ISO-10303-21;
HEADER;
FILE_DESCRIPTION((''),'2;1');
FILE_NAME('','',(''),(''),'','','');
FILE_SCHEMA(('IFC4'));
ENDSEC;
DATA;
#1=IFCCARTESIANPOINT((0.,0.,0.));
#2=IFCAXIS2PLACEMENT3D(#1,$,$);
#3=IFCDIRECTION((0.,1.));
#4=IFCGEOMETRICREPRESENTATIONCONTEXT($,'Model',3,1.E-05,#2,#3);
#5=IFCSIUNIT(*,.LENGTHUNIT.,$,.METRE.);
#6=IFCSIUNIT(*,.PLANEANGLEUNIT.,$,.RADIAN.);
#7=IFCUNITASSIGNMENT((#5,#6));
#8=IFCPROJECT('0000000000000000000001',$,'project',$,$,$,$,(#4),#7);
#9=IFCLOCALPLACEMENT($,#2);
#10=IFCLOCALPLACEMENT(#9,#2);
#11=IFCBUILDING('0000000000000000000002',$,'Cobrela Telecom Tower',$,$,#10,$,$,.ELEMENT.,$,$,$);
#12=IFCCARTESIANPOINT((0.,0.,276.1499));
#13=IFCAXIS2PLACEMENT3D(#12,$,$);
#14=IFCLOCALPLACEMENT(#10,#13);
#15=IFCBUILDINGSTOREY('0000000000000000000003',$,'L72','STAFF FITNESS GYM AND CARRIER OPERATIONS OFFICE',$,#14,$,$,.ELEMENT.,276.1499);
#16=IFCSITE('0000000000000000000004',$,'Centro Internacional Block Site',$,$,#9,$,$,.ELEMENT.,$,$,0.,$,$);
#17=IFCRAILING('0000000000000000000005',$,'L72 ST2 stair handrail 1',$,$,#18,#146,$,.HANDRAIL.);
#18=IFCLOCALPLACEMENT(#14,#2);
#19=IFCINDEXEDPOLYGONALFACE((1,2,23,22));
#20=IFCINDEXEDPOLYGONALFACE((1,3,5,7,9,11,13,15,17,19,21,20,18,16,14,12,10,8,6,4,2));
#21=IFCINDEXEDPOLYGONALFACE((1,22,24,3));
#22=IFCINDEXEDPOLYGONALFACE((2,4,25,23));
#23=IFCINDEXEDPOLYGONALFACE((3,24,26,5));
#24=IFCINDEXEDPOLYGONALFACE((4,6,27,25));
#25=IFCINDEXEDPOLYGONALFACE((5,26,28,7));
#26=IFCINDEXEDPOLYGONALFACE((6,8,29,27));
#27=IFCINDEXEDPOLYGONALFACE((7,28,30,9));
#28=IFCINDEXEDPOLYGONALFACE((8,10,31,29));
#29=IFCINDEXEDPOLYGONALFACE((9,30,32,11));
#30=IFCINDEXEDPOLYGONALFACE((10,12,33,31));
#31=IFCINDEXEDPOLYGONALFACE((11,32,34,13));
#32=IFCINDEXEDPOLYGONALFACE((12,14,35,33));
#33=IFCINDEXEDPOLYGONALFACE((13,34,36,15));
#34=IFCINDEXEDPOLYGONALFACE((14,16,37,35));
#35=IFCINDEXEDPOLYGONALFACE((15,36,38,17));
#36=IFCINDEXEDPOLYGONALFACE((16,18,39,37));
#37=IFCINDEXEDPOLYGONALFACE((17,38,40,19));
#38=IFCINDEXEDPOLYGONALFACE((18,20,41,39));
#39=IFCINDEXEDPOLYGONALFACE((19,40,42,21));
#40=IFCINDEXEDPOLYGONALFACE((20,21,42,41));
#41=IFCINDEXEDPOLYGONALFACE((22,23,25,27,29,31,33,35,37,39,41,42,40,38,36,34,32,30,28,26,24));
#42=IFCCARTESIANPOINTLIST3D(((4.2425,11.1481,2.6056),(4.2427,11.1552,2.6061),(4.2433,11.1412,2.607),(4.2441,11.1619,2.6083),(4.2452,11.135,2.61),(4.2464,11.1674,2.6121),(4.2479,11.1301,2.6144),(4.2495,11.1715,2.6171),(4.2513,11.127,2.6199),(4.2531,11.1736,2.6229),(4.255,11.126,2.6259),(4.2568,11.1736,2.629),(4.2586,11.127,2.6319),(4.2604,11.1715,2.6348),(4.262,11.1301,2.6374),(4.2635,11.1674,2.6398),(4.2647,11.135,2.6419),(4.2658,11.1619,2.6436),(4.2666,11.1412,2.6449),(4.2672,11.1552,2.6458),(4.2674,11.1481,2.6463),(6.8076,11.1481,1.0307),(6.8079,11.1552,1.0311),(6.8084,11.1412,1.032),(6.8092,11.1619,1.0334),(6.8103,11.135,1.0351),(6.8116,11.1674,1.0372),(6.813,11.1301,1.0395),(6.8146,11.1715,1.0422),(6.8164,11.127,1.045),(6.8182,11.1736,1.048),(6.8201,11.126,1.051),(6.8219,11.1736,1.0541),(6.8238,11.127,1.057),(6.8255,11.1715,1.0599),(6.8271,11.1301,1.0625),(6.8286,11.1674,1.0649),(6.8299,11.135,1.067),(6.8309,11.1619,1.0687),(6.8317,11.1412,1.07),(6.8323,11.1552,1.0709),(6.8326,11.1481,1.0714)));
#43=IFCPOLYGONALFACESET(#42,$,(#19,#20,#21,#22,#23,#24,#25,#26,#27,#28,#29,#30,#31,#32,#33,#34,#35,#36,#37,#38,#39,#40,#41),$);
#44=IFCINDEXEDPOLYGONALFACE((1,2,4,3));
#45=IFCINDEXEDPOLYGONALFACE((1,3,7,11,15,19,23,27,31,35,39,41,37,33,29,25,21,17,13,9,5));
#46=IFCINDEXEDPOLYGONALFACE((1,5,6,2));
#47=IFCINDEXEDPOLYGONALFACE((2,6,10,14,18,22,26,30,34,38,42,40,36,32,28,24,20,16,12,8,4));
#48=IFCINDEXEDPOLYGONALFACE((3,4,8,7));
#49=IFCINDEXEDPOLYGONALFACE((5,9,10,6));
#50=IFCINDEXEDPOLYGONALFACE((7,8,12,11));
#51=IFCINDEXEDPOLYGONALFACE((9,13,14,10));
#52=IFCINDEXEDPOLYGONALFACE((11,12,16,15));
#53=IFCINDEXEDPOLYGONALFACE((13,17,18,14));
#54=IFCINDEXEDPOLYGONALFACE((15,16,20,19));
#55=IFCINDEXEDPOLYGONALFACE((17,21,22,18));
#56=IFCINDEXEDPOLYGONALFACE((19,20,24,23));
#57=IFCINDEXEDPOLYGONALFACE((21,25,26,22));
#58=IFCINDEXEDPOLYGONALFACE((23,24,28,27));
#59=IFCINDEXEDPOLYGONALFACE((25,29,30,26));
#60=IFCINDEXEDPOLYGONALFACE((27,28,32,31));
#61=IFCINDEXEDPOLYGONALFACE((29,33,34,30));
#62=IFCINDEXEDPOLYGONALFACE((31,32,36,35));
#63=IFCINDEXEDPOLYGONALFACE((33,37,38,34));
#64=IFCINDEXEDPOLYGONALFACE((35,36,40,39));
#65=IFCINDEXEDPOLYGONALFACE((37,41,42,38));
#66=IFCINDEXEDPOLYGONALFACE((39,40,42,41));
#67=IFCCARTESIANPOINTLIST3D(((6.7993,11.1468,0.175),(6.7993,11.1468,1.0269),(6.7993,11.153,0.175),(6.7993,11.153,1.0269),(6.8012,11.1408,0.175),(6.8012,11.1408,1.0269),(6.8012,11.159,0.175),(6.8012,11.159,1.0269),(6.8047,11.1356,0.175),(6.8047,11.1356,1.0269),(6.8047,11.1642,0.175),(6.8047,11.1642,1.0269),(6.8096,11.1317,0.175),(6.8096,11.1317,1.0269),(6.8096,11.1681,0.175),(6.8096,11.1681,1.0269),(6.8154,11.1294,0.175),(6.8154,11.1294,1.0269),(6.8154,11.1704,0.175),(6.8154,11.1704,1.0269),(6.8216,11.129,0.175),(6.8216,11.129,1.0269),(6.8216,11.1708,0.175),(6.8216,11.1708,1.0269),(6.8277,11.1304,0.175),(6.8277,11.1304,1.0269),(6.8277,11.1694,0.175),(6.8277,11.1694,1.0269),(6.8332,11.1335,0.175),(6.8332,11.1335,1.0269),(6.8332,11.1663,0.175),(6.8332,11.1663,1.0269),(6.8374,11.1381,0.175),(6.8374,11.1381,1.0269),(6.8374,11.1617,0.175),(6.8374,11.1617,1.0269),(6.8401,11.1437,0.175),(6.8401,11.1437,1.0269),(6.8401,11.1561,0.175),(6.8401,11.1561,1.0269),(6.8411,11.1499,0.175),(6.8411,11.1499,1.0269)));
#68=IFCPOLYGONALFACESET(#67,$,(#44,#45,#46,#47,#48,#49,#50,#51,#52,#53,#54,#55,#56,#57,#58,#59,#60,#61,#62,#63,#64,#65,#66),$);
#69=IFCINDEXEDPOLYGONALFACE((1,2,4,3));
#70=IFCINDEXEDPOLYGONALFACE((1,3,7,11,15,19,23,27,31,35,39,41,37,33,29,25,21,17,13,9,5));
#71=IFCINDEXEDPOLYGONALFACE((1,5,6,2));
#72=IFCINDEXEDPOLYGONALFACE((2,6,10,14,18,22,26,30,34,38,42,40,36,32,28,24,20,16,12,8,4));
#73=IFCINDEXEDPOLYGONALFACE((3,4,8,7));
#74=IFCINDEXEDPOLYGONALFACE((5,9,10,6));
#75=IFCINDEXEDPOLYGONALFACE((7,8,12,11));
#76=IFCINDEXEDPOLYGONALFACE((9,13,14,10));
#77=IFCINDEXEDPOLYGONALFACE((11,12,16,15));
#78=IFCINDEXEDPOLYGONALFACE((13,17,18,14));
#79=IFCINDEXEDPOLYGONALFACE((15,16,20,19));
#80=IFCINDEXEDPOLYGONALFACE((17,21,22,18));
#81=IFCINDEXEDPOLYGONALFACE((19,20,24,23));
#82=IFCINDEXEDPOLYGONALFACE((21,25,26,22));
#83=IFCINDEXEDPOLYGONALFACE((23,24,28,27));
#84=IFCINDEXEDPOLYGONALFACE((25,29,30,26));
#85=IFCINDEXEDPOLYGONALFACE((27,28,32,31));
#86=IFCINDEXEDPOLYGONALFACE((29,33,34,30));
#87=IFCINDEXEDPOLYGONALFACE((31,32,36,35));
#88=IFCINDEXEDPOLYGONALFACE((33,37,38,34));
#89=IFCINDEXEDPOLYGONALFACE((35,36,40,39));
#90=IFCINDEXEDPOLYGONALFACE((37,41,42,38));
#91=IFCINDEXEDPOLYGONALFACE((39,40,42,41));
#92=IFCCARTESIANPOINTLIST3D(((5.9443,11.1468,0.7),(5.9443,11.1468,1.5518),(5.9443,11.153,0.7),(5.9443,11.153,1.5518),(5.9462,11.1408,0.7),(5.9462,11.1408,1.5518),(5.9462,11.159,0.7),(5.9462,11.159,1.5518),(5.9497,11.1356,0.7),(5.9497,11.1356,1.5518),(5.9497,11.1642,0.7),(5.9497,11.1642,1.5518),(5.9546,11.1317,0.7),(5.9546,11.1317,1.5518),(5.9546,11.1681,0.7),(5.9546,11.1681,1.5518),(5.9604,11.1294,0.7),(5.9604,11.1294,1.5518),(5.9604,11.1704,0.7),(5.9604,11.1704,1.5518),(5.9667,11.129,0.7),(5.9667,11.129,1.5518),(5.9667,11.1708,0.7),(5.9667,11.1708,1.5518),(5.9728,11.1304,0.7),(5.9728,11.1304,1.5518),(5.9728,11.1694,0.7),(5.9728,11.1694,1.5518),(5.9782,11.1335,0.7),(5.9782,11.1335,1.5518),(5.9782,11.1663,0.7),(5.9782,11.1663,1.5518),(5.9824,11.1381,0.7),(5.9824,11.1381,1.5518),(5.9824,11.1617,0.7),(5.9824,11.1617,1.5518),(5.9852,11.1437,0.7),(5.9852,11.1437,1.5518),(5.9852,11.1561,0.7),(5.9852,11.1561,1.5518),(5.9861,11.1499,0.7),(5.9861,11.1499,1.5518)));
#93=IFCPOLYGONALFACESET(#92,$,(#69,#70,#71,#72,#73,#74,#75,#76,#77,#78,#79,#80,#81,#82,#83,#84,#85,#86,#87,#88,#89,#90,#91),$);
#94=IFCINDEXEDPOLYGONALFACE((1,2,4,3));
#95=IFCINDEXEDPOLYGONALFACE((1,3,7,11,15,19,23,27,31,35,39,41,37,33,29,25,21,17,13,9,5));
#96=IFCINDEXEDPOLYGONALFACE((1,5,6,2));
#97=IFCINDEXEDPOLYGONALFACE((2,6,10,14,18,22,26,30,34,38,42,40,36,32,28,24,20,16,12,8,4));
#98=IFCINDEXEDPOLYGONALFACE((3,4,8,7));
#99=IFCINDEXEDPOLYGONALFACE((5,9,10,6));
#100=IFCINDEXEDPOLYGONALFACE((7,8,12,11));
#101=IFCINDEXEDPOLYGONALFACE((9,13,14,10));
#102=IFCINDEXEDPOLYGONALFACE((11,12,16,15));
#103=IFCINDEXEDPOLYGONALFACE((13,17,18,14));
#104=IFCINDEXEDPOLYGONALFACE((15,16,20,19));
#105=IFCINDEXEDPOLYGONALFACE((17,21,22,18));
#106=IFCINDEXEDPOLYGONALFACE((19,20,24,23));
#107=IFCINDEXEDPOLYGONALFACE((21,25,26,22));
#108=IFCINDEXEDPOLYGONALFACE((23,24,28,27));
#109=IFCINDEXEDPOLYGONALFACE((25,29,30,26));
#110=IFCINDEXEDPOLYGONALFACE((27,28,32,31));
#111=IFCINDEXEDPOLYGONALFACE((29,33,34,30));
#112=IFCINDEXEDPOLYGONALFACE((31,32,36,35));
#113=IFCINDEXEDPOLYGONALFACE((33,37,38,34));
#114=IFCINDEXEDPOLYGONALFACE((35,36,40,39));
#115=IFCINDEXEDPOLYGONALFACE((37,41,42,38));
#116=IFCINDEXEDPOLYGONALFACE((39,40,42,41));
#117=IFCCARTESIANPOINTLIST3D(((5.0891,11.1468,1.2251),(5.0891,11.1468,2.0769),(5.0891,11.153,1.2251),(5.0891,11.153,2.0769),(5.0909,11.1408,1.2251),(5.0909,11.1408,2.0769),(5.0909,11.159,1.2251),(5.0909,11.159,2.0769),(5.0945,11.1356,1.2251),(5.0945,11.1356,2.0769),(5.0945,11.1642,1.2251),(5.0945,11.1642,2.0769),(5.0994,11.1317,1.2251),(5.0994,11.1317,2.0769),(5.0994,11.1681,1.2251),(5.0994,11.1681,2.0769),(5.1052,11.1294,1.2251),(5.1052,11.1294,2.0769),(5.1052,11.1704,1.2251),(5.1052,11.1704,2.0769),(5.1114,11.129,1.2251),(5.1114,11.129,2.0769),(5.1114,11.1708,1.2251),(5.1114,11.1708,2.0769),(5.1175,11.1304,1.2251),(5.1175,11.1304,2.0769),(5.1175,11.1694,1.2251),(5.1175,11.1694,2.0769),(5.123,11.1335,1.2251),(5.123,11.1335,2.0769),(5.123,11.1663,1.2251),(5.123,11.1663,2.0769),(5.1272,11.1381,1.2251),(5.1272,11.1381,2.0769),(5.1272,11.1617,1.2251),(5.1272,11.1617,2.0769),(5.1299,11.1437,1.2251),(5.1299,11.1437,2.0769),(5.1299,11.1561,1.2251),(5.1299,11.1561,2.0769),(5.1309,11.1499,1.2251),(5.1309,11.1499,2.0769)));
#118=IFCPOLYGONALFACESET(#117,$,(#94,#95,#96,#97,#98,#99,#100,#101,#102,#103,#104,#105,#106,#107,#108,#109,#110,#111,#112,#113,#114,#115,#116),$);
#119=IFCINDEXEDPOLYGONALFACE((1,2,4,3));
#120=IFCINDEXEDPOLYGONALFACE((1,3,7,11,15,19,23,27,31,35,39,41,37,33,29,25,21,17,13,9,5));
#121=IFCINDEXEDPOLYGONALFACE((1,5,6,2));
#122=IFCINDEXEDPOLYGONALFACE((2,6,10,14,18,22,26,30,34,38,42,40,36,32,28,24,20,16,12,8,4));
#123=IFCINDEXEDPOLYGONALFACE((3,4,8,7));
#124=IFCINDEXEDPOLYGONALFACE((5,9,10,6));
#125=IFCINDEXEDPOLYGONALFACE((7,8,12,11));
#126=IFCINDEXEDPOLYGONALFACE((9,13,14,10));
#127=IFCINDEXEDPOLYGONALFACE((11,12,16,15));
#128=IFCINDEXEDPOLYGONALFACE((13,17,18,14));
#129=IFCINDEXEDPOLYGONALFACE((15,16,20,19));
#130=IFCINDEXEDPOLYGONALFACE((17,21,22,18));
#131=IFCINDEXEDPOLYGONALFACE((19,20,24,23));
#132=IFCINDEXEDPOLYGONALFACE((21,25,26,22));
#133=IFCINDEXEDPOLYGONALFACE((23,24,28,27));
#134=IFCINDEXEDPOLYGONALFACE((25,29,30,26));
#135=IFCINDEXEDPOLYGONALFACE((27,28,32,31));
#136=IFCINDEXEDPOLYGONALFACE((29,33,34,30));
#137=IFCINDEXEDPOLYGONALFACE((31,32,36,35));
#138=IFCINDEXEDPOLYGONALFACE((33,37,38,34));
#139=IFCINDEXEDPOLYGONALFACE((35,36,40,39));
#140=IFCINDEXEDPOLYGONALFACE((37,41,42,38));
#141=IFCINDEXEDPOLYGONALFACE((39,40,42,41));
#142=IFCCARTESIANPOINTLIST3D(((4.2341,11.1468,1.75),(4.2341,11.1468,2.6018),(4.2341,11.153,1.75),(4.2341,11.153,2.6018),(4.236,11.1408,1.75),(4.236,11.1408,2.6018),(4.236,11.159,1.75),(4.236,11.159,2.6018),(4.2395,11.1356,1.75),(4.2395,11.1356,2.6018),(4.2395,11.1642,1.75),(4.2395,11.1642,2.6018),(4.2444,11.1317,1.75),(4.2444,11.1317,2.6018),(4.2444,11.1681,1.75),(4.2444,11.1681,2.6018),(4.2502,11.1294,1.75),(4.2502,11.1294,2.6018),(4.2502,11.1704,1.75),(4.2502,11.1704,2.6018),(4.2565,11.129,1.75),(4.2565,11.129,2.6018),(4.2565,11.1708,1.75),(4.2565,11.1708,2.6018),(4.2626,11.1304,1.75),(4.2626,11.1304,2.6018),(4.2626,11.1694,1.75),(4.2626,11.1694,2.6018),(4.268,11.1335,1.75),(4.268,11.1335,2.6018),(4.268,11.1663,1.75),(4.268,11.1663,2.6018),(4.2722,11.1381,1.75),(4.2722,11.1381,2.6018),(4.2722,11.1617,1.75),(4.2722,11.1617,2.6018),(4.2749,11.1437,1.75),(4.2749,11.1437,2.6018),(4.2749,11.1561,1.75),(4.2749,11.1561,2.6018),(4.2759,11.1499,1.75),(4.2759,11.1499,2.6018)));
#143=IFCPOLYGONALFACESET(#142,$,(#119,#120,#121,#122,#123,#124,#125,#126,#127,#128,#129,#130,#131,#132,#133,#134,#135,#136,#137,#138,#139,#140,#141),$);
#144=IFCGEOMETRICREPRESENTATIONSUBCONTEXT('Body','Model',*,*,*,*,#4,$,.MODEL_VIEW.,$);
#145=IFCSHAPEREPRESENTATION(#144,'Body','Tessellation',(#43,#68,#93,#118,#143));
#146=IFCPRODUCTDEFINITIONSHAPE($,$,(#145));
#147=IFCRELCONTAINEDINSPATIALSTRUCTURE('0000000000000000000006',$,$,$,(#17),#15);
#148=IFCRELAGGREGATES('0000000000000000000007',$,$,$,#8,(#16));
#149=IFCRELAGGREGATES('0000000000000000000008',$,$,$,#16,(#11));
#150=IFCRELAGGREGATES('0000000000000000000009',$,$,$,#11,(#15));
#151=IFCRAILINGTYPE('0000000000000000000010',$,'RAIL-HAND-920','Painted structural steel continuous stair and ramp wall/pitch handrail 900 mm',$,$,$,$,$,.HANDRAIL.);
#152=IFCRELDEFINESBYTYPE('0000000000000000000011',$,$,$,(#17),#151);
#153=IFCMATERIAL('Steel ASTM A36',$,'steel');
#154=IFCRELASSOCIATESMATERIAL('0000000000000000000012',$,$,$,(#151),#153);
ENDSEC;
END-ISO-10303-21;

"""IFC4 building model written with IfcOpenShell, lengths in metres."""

from ifc_helpers import new_model, si_unit, direction, frame, origin, origin_2d, place, context, subcontext, project, spatial, circle, extrude, material, type_object, element, save


model = new_model("IFC4")

# Units and contexts
model_context = context("Model", 3, precision=1e-05, world=origin(), true_north=direction((0.0, 1.0)))
body_context = subcontext(model_context, "Body", "Model", "MODEL_VIEW")
ifc_project = project(units=[si_unit("LENGTHUNIT", "METRE"), si_unit("PLANEANGLEUNIT", "RADIAN")], contexts=[model_context])

# Site, building, storey
site_placement = place(None, origin())
site = spatial("IfcSite", under=ifc_project, at=site_placement, Name="Centro Internacional Block Site", CompositionType="ELEMENT", RefElevation=0.0)
building_placement = place(site_placement, origin())
building = spatial("IfcBuilding", under=site, at=building_placement, Name="Cobrela Telecom Tower", CompositionType="ELEMENT")
storey_placement = place(building_placement, frame((0.0, 0.0, 276.1499)))
storey = spatial("IfcBuildingStorey", under=building, at=storey_placement, Name="L72", Description="STAFF FITNESS GYM AND CARRIER OPERATIONS OFFICE", CompositionType="ELEMENT", Elevation=276.1499)

# Railing
ifc_material_1 = material(Name="Steel ASTM A36", Category="steel")
railing_type = type_object("IfcRailingType", Name="RAIL-HAND-920", Description="Painted structural steel continuous stair and ramp wall/pitch handrail 900 mm", PredefinedType="HANDRAIL", material=ifc_material_1)
railing_placement = place(storey_placement, frame((6.8201, 11.1499, 0.175)))
element("IfcRailing", 1, at=railing_placement, inside=storey, type_object=railing_type, Name="L72 ST2 stair handrail 1", PredefinedType="HANDRAIL", context=body_context, shape_type="SweptSolid", body=[
    extrude(circle(Radius=0.0239, at=origin_2d()), frame((0.0, 0.0, 0.876), z_axis=(-0.852195, 0.0, 0.523224), x_axis=(0.0, -1.0, 0.0)), (0.0, 0.0, 1.0), 3.01),
    extrude(circle(Radius=0.021, at=origin_2d()), origin(), (0.0, 0.0, 1.0), 0.8518),
    extrude(circle(Radius=0.021, at=origin_2d()), frame((-0.855, 0.0, 0.5249)), (0.0, 0.0, 1.0), 0.8518),
    extrude(circle(Radius=0.021, at=origin_2d()), frame((-1.7102, 0.0, 1.05)), (0.0, 0.0, 1.0), 0.8518),
    extrude(circle(Radius=0.021, at=origin_2d()), frame((-2.5652, 0.0, 1.575)), (0.0, 0.0, 1.0), 0.8518),
])

save(model, "model.ifc")
